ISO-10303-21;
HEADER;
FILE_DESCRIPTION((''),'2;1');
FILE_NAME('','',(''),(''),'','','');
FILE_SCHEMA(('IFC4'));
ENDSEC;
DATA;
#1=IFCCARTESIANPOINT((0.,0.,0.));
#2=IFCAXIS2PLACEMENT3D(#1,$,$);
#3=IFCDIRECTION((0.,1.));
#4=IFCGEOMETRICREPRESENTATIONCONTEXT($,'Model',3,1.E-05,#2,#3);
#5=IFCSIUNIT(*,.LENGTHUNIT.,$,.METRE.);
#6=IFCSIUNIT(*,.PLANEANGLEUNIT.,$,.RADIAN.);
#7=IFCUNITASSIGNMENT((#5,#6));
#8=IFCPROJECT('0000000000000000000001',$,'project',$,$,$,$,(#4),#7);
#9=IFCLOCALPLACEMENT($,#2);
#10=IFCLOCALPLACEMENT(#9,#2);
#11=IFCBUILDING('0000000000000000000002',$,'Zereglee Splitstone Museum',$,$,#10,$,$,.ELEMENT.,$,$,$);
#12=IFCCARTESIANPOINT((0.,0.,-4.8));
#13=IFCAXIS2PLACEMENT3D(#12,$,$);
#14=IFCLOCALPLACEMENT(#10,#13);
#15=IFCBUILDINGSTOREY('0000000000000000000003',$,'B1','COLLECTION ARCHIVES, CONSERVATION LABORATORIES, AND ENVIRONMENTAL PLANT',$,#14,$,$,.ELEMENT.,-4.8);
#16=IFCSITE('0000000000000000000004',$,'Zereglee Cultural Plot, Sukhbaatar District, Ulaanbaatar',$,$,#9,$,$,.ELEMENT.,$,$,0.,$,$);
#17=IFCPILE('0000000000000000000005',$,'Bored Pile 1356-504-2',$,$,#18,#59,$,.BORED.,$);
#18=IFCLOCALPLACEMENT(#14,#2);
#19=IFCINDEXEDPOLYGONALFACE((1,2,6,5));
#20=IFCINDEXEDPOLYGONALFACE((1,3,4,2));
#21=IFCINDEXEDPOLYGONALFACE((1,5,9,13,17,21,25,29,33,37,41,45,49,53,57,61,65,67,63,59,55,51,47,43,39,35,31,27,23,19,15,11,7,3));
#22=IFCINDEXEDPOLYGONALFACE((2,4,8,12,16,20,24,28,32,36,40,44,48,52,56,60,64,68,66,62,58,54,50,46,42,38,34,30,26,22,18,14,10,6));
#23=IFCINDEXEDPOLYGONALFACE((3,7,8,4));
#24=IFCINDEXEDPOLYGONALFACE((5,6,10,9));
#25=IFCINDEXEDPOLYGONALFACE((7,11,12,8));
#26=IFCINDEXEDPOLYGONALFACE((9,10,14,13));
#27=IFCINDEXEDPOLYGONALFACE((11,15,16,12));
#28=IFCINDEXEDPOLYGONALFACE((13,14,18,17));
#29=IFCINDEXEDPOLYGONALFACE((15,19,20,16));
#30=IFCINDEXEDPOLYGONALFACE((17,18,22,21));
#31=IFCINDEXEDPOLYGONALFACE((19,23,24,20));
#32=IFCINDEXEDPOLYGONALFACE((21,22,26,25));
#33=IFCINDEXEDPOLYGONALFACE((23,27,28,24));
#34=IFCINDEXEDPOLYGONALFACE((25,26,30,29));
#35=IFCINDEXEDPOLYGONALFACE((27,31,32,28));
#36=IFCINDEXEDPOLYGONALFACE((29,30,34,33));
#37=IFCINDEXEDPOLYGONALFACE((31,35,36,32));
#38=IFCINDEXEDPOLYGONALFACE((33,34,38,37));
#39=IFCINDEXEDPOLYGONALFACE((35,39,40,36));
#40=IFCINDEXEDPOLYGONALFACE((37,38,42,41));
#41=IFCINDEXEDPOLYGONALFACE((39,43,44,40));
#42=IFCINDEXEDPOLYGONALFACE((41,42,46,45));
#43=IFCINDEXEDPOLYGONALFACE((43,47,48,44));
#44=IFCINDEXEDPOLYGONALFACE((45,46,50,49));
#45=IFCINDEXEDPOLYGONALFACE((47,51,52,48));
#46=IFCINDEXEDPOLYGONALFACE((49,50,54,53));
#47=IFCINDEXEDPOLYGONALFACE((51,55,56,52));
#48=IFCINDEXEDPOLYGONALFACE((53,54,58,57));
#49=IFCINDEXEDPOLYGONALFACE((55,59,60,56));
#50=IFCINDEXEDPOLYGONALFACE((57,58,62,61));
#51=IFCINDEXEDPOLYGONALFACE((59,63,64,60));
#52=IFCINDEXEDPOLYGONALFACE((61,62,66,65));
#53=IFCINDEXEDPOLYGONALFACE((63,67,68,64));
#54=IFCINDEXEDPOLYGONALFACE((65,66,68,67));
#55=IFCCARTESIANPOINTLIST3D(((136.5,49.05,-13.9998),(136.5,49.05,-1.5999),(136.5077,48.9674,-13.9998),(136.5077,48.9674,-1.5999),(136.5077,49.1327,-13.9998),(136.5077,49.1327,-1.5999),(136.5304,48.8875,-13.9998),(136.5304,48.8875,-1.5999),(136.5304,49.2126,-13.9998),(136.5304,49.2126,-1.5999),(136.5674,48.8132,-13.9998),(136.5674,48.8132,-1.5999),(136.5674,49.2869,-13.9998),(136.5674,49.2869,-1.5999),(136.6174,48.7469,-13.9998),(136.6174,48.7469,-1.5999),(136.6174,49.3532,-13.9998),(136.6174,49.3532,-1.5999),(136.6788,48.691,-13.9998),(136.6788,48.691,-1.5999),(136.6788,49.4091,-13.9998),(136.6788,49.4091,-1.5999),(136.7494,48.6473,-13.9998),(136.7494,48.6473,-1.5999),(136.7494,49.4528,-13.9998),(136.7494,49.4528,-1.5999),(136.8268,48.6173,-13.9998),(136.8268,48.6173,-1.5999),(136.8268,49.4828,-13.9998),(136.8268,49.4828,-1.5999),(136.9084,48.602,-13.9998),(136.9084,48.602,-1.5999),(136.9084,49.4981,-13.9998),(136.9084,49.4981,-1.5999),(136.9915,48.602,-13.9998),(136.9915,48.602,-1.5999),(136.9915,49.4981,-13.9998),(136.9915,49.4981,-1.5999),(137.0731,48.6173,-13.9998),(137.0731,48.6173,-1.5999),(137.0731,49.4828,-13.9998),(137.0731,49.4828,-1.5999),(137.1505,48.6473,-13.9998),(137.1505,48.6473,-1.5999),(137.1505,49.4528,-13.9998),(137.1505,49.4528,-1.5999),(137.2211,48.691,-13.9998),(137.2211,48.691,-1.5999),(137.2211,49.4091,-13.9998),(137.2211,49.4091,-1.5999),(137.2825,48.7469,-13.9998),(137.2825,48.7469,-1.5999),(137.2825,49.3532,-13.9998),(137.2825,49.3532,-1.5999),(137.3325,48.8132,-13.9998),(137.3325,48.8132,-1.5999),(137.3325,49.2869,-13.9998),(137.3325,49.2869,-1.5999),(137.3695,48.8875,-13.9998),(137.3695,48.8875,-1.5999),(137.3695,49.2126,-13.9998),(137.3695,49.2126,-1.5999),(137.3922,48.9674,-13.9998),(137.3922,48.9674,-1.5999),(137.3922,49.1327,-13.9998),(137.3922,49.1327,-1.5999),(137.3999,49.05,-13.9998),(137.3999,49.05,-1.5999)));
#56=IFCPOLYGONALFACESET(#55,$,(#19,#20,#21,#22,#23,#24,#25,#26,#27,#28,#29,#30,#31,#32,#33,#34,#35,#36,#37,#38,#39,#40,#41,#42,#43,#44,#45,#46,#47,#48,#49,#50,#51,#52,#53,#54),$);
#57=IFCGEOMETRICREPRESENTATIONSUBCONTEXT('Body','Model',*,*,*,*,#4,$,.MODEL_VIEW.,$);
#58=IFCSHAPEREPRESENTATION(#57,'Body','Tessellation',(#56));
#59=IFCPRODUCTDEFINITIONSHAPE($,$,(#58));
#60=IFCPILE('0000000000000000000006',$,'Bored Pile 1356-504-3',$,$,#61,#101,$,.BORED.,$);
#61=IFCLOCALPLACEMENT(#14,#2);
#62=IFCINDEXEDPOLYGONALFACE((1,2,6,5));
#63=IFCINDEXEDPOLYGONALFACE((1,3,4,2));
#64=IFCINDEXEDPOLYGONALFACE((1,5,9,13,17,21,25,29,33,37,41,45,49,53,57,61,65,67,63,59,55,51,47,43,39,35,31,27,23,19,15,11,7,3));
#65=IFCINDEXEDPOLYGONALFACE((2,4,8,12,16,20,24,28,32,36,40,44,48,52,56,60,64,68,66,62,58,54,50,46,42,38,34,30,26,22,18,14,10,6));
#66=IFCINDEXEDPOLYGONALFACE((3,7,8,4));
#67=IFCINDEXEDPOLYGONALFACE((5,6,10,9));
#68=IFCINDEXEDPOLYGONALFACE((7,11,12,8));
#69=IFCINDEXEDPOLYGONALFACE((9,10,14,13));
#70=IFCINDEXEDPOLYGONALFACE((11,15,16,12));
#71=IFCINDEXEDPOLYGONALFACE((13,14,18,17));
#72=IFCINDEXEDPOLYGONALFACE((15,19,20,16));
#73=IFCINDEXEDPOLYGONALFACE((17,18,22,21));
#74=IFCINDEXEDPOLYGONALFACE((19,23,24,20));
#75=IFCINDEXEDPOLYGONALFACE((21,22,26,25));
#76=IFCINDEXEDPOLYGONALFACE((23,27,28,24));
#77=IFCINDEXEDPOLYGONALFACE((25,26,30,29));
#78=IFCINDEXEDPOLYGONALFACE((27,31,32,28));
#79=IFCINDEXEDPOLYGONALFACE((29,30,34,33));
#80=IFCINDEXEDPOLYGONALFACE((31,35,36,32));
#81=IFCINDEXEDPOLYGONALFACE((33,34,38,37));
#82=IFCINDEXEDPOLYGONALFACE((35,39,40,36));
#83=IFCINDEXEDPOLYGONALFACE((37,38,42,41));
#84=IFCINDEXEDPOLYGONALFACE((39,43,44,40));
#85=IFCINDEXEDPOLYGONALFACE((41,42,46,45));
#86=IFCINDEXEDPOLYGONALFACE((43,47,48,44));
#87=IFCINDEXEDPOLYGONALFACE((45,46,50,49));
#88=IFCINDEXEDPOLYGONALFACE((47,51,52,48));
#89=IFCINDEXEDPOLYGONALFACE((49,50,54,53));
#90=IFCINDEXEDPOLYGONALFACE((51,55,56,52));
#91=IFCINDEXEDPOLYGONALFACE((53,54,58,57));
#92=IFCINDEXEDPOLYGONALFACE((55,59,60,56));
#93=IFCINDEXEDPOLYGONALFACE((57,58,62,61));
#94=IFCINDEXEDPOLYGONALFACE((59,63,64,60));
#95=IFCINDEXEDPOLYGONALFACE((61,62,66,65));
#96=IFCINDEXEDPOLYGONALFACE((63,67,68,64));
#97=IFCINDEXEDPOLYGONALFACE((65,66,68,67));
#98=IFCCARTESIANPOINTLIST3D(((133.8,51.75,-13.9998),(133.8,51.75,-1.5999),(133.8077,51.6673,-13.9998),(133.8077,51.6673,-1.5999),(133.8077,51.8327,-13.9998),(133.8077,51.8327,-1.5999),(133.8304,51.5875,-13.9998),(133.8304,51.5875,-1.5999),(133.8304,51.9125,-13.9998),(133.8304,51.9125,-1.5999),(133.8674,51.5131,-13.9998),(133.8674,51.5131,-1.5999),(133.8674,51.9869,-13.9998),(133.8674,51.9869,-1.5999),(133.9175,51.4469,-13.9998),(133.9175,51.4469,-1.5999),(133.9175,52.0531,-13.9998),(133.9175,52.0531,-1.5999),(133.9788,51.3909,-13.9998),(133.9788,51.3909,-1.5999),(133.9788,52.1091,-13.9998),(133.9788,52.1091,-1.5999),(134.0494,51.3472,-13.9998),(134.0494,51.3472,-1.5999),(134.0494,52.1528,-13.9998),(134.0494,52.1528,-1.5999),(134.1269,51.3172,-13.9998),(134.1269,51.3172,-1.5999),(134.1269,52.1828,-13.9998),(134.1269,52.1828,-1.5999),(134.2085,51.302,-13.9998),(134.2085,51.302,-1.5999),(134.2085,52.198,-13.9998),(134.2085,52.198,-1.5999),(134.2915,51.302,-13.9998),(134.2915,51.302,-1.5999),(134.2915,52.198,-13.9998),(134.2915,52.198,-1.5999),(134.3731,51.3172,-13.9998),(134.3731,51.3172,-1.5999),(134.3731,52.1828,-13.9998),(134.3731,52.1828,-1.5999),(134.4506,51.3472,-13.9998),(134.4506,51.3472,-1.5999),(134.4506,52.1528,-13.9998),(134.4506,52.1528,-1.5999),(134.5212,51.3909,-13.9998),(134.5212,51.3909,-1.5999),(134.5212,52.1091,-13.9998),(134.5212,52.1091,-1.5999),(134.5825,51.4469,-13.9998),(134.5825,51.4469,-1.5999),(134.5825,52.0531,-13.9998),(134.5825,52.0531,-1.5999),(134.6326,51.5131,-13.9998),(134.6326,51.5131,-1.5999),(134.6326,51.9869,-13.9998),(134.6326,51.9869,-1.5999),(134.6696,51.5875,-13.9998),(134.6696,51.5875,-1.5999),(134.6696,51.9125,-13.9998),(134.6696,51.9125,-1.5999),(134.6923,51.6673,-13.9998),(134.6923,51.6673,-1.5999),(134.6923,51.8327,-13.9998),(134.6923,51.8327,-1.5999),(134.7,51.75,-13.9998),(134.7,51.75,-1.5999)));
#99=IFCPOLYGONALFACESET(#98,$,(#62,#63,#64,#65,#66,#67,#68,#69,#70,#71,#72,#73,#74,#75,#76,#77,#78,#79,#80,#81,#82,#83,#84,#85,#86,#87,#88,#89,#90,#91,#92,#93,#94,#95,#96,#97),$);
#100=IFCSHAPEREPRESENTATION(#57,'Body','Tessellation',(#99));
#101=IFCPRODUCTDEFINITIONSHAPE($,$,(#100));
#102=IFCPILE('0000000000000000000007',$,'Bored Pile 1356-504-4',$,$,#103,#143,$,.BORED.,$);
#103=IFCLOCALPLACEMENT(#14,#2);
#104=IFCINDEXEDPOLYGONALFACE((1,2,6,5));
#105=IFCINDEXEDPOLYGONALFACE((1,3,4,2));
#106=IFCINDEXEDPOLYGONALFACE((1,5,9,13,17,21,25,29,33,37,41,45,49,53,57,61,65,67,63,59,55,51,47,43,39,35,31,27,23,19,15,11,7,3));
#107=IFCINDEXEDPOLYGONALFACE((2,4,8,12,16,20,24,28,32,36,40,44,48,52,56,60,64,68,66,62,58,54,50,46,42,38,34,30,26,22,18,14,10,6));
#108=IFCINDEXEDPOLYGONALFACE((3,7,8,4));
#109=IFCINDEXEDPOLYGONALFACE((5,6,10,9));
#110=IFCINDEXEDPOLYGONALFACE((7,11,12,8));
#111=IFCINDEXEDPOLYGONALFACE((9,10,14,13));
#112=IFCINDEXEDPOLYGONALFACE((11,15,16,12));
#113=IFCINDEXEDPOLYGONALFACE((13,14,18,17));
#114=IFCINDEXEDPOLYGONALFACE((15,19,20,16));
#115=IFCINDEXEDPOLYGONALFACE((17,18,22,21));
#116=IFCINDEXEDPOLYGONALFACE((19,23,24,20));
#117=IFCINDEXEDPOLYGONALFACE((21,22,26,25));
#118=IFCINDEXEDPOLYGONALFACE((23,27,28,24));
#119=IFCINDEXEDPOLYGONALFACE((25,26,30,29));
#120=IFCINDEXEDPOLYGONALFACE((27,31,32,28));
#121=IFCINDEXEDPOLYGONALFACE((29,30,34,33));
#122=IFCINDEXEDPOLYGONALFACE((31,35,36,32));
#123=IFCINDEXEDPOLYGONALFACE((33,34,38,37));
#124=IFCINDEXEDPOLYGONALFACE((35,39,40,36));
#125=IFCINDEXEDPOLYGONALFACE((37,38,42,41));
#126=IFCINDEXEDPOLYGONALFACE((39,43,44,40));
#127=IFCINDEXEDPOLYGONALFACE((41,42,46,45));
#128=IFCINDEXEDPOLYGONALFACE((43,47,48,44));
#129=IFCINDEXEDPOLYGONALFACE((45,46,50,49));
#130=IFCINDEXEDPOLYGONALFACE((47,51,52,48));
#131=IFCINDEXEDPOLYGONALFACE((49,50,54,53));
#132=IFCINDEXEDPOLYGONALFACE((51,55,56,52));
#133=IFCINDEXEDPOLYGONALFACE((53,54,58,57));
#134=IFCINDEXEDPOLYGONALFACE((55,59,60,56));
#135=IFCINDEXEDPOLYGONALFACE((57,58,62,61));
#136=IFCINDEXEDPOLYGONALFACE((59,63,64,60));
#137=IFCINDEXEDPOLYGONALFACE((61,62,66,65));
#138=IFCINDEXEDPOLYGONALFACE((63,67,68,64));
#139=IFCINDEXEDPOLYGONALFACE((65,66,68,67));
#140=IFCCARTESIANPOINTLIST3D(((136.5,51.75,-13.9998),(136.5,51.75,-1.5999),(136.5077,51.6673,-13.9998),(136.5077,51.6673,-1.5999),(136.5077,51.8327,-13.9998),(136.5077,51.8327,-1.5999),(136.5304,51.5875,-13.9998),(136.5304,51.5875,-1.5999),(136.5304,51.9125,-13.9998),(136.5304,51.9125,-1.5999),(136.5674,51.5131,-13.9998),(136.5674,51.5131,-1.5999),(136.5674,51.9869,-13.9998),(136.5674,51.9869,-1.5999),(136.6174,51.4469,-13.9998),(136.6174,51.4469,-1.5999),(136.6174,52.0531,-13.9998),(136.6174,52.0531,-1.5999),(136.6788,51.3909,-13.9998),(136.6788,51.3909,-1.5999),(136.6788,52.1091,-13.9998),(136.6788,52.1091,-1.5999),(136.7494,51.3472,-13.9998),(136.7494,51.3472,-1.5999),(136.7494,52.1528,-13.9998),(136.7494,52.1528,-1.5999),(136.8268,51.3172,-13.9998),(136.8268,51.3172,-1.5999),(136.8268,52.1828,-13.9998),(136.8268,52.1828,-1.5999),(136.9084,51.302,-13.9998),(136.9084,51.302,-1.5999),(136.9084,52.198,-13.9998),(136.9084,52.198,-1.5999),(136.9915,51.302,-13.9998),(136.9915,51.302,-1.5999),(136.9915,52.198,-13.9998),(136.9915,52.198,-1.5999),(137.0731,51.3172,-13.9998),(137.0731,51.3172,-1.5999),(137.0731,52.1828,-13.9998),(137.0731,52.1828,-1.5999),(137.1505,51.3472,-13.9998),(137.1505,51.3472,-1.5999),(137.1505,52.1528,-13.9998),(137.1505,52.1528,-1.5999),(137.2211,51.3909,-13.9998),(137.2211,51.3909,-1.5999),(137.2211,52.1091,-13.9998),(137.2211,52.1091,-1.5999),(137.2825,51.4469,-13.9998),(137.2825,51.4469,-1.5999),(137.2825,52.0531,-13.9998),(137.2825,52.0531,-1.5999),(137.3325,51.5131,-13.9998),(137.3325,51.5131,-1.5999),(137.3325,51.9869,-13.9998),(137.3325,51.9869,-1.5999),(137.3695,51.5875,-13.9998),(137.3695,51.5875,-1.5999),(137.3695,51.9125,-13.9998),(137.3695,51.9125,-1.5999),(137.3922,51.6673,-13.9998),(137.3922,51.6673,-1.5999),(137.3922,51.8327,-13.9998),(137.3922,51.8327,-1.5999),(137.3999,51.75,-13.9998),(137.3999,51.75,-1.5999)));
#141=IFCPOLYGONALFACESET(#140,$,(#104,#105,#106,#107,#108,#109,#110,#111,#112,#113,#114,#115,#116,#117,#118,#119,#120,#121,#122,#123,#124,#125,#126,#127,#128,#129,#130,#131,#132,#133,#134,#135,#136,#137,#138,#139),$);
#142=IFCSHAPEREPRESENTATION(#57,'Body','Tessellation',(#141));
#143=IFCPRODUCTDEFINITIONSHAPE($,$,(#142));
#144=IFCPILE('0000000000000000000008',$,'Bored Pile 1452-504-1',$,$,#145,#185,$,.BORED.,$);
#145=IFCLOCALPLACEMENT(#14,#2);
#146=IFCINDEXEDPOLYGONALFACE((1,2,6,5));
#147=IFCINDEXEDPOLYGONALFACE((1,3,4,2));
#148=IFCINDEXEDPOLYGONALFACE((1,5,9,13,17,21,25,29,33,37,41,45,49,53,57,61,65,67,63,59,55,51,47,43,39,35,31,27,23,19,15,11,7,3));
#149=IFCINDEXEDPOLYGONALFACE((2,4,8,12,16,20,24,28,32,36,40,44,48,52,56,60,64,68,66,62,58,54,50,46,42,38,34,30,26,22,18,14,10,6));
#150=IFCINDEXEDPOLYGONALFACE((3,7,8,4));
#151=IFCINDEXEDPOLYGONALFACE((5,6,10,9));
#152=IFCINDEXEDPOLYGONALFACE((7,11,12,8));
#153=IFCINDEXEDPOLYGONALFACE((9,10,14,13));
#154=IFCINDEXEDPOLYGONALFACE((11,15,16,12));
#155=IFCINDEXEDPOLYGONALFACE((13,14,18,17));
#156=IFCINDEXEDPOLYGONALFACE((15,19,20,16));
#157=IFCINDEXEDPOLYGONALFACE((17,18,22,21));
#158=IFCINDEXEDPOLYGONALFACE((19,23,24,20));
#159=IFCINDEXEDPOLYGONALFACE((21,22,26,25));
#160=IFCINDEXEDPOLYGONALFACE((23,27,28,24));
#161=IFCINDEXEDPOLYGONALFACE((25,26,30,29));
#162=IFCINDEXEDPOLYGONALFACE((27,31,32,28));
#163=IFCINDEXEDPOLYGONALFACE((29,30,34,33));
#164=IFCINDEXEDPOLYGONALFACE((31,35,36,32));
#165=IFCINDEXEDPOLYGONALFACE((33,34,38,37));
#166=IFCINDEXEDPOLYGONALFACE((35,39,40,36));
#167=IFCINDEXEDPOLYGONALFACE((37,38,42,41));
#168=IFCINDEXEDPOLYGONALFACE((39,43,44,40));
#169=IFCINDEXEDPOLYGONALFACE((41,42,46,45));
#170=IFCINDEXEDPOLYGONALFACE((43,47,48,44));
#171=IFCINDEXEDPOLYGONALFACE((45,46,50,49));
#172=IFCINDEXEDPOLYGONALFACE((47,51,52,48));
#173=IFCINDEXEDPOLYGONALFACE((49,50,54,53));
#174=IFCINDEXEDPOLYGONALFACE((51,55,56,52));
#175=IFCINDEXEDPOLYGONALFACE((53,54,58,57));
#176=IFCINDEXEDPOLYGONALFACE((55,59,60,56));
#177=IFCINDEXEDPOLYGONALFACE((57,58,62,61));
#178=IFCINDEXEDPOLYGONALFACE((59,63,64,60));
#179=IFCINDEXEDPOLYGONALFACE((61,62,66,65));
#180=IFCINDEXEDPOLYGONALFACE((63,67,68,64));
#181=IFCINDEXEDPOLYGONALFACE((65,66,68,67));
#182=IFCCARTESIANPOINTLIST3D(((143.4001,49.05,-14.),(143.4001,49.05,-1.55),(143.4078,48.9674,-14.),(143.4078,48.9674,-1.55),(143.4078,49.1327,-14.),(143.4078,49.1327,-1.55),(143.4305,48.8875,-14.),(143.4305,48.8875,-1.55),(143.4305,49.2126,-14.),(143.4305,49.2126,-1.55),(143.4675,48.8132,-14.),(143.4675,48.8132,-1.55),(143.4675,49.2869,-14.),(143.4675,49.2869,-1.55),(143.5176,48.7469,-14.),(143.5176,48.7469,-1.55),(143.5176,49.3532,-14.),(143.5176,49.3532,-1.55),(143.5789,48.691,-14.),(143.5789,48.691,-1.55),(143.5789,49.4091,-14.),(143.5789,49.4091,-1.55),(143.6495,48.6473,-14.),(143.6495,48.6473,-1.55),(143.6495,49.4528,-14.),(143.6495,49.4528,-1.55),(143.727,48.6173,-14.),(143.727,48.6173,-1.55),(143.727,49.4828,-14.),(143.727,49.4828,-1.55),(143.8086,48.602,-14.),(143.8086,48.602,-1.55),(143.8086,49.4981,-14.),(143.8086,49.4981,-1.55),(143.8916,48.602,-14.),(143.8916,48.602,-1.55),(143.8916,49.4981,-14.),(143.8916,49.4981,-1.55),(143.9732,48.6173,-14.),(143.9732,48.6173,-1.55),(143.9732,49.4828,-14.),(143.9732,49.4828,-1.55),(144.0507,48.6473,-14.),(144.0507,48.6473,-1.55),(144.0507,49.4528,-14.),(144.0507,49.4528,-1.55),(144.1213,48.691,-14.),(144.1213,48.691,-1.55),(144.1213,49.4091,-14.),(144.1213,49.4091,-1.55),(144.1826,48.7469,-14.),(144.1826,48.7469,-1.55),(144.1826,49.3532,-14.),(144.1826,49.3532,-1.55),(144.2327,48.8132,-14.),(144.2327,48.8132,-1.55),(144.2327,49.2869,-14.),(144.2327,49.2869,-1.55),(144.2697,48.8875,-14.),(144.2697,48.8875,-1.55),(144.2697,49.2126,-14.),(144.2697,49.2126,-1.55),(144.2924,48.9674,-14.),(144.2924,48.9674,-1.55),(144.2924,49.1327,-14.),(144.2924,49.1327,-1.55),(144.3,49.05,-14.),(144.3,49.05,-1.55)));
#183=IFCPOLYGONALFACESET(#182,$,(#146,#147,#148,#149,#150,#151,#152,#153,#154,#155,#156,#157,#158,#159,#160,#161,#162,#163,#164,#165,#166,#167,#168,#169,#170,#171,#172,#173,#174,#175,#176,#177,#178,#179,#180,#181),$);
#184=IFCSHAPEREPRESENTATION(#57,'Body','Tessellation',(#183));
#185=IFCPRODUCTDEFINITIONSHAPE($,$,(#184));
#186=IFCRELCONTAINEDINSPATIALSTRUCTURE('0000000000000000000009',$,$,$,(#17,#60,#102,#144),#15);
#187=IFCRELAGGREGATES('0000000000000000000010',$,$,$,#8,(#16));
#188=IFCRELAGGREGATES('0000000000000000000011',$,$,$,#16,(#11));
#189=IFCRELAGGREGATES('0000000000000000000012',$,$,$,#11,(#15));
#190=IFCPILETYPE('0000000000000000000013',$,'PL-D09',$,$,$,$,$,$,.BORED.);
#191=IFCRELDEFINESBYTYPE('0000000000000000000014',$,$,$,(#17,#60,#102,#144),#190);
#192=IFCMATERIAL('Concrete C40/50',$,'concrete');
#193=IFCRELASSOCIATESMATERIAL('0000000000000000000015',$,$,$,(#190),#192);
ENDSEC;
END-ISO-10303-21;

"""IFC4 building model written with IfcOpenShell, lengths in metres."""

from ifc_helpers import new_model, si_unit, direction, frame, origin, origin_2d, place, context, subcontext, project, spatial, circle, extrude, material, material_profile, profile_set, type_object, element, save


model = new_model("IFC4")

# Units and contexts
model_context = context("Model", 3, precision=1e-05, world=origin(), true_north=direction((0.0, 1.0)))
body_context = subcontext(model_context, "Body", "Model", "MODEL_VIEW")
ifc_project = project(units=[si_unit("LENGTHUNIT", "METRE"), si_unit("PLANEANGLEUNIT", "RADIAN")], contexts=[model_context])

# Site, building, storey
site_placement = place(None, origin())
site = spatial("IfcSite", under=ifc_project, at=site_placement, Name="Zereglee Cultural Plot, Sukhbaatar District, Ulaanbaatar", CompositionType="ELEMENT", RefElevation=0.0)
building_placement = place(site_placement, origin())
building = spatial("IfcBuilding", under=site, at=building_placement, Name="Zereglee Splitstone Museum", CompositionType="ELEMENT")
storey_placement = place(building_placement, frame((0.0, 0.0, -4.8)))
storey = spatial("IfcBuildingStorey", under=building, at=storey_placement, Name="B1", Description="COLLECTION ARCHIVES, CONSERVATION LABORATORIES, AND ENVIRONMENTAL PLANT", CompositionType="ELEMENT", Elevation=-4.8)

# Shared definitions
ifc_material_1 = material(Name="Concrete C40/50", Category="concrete")

# Piles
ifc_material_profile_1 = material_profile(ifc_material_1, circle(Radius=0.45, at=origin_2d()), Name="PILE D900")
ifc_profile_set_1 = profile_set([ifc_material_profile_1], Name="Concrete C40/50")
pile_type = type_object("IfcPileType", Name="PL-D09", PredefinedType="BORED", material=ifc_profile_set_1)
for number, where, z_axis, x_axis, name in (
    (1, (136.95, 49.05, -1.5999), (0.0, 0.0, -1.0), (1.0, 0.0, 0.0), "Bored Pile 1356-504-2"),
    (2, (134.25, 51.75, -1.5999), (0.0, 0.0, -1.0), (1.0, 0.0, 0.0), "Bored Pile 1356-504-3"),
    (3, (136.95, 51.75, -1.5999), (0.0, 0.0, -1.0), (1.0, 0.0, 0.0), "Bored Pile 1356-504-4"),
):
    element("IfcPile", number, at=place(storey_placement, frame(where, z_axis=z_axis, x_axis=x_axis)), inside=storey, type_object=pile_type, Name=name, PredefinedType="BORED", context=body_context, shape_type="SweptSolid", body=[
        extrude(circle(Radius=0.45, at=origin_2d()), origin(), (0.0, 0.0, 1.0), 12.3999),
    ])
for number, where, z_axis, x_axis, name in (
    (4, (143.8501, 49.05, -1.55), (0.0, 0.0, -1.0), (1.0, 0.0, 0.0), "Bored Pile 1452-504-1"),
):
    element("IfcPile", number, at=place(storey_placement, frame(where, z_axis=z_axis, x_axis=x_axis)), inside=storey, type_object=pile_type, Name=name, PredefinedType="BORED", context=body_context, shape_type="SweptSolid", body=[
        extrude(circle(Radius=0.45, at=origin_2d()), origin(), (0.0, 0.0, 1.0), 12.45),
    ])

save(model, "model.ifc")
